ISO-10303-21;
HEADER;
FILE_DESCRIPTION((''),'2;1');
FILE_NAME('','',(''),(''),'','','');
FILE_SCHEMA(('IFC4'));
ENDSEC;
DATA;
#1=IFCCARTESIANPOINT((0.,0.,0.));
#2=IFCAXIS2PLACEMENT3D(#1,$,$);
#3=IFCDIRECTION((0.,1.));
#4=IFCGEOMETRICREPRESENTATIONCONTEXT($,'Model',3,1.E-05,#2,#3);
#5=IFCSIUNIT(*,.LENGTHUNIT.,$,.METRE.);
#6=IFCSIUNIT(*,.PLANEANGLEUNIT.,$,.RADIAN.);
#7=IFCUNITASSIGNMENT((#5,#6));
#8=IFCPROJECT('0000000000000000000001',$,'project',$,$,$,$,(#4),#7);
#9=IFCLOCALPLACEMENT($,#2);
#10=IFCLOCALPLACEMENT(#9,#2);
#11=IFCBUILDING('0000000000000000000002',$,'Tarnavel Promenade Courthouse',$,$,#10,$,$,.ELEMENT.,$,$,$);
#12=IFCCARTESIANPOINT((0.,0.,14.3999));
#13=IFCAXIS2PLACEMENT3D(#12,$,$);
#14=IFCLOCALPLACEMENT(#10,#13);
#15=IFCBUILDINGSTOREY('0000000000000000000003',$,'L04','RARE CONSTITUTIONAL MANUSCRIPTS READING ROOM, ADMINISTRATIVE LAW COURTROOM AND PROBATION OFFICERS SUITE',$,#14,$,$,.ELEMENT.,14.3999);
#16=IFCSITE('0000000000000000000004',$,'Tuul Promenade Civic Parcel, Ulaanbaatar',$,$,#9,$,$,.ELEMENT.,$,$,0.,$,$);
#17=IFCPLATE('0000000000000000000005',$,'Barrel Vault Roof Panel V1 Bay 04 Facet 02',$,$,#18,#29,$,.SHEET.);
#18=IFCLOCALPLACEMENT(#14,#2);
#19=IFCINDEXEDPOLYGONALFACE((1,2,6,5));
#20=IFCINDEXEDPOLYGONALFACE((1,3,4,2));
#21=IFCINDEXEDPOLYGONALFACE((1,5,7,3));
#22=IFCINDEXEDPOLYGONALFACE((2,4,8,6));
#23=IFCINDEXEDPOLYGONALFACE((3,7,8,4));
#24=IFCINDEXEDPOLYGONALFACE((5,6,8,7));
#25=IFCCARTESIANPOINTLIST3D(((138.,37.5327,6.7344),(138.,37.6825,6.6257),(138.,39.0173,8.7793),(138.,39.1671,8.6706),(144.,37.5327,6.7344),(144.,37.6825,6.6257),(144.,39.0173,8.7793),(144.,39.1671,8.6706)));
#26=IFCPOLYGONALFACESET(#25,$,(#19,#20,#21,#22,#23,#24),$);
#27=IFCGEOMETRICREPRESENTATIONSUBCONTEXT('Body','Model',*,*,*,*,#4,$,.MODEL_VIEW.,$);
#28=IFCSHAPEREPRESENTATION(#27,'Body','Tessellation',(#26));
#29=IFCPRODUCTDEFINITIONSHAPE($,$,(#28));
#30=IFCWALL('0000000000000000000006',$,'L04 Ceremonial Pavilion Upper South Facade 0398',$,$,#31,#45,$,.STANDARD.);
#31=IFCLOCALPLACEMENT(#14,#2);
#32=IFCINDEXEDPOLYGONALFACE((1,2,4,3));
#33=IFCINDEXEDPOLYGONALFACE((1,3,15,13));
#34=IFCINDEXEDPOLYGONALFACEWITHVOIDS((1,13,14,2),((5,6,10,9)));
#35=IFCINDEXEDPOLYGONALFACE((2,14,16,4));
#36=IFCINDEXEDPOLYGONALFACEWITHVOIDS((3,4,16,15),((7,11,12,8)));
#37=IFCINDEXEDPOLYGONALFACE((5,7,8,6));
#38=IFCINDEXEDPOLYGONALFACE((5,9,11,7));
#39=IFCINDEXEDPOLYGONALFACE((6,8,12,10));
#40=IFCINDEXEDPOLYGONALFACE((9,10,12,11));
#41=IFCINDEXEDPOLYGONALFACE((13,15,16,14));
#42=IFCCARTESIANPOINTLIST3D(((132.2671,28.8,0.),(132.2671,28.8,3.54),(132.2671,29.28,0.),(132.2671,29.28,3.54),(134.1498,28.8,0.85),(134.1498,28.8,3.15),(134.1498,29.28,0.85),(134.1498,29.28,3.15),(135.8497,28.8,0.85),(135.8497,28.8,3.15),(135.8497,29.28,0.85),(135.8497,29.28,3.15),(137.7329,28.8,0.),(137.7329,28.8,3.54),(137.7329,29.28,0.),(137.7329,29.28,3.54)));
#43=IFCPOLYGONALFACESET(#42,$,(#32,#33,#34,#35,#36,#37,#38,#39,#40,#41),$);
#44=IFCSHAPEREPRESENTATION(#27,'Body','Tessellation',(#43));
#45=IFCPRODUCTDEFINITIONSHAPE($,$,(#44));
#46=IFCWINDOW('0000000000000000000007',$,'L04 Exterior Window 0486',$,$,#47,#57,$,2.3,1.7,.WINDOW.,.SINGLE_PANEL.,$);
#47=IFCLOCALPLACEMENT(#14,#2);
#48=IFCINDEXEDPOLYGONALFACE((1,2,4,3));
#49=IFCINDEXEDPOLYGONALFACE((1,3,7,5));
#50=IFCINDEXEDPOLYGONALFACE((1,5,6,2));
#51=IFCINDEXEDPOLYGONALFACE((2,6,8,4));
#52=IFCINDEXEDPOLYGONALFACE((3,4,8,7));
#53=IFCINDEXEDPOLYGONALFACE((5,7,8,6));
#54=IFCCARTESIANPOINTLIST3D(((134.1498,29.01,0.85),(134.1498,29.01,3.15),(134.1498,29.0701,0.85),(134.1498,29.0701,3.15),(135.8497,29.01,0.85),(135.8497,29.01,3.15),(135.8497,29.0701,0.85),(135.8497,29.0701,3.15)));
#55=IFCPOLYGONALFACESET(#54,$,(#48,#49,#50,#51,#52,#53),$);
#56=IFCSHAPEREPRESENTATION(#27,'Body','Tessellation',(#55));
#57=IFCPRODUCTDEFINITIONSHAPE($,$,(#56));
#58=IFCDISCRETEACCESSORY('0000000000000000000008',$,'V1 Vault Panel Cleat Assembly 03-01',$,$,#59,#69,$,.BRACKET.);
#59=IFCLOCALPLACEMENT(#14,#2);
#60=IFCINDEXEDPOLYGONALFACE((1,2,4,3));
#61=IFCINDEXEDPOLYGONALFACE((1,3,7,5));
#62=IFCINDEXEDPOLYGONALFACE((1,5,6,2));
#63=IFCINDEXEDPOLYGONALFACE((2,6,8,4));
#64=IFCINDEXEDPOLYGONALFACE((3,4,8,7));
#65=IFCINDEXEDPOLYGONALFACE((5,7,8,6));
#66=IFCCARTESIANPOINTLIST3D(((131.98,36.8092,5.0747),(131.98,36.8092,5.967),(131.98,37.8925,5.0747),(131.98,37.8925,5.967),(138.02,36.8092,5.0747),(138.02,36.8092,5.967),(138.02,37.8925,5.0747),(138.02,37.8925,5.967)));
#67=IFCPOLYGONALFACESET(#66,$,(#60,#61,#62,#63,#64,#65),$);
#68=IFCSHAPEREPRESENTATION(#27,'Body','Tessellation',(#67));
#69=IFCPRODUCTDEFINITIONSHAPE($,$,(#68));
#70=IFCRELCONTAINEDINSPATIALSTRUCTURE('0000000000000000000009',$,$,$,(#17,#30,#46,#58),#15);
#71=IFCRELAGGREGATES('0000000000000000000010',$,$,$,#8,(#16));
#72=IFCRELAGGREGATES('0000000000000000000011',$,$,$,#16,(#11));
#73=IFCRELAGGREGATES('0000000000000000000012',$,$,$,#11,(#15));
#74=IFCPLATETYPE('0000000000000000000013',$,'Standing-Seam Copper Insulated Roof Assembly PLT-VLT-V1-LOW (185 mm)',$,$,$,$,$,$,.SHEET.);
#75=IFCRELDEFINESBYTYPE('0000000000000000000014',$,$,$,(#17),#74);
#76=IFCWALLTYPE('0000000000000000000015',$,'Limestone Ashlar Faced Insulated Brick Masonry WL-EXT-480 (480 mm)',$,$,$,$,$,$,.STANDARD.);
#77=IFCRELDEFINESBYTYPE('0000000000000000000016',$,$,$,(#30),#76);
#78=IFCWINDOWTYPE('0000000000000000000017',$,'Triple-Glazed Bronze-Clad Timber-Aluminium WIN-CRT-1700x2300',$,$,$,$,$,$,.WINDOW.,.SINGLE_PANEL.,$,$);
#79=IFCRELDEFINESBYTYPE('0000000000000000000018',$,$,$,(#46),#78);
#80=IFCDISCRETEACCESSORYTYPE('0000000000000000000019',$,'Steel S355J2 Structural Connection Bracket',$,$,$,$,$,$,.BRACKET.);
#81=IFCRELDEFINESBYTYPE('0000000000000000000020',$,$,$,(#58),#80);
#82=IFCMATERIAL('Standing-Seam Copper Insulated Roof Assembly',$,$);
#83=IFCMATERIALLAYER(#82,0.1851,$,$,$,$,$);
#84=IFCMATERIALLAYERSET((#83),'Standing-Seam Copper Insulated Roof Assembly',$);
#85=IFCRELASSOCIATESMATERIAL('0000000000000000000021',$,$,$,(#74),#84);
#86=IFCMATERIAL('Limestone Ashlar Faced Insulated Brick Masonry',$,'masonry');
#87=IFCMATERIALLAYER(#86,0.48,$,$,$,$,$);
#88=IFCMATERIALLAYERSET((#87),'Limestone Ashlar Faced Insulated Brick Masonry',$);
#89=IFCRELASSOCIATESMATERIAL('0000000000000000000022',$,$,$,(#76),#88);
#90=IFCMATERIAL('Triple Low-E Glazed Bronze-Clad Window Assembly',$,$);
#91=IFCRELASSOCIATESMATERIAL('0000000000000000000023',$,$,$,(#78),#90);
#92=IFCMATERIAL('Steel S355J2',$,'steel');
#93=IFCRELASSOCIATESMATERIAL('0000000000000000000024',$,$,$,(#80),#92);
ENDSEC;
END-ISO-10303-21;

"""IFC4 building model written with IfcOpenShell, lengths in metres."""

from ifc_helpers import new_model, si_unit, direction, frame, frame_2d, origin, origin_2d, place, context, subcontext, project, spatial, polyline, rectangle, outline, extrude, material, layer, layer_set, type_object, element, fill, save


model = new_model("IFC4")

# Units and contexts
model_context = context("Model", 3, precision=1e-05, world=origin(), true_north=direction((0.0, 1.0)))
body_context = subcontext(model_context, "Body", "Model", "MODEL_VIEW")
ifc_project = project(units=[si_unit("LENGTHUNIT", "METRE"), si_unit("PLANEANGLEUNIT", "RADIAN")], contexts=[model_context])

# Site, building, storey
site_placement = place(None, origin())
site = spatial("IfcSite", under=ifc_project, at=site_placement, Name="Tuul Promenade Civic Parcel, Ulaanbaatar", CompositionType="ELEMENT", RefElevation=0.0)
building_placement = place(site_placement, origin())
building = spatial("IfcBuilding", under=site, at=building_placement, Name="Tarnavel Promenade Courthouse", CompositionType="ELEMENT")
storey_placement = place(building_placement, frame((0.0, 0.0, 14.3999)))
storey = spatial("IfcBuildingStorey", under=building, at=storey_placement, Name="L04", Description="RARE CONSTITUTIONAL MANUSCRIPTS READING ROOM, ADMINISTRATIVE LAW COURTROOM AND PROBATION OFFICERS SUITE", CompositionType="ELEMENT", Elevation=14.3999)

# Shared definitions
ifc_material_1 = material(Name="Steel S355J2", Category="steel")

# Plate
ifc_material_2 = material(Name="Standing-Seam Copper Insulated Roof Assembly")
ifc_layer_1 = layer(ifc_material_2, 0.1851)
ifc_layer_set_1 = layer_set([ifc_layer_1], Name="Standing-Seam Copper Insulated Roof Assembly")
plate_type = type_object("IfcPlateType", Name="Standing-Seam Copper Insulated Roof Assembly PLT-VLT-V1-LOW (185 mm)", PredefinedType="SHEET", material=ifc_layer_set_1)
plate_1_placement = place(storey_placement, frame((138.0, 37.5327, 6.7344), z_axis=(0.0, -0.809225, 0.587499), x_axis=(1.0, 0.0, 0.0)))
element("IfcPlate", 1, at=plate_1_placement, inside=storey, type_object=plate_type, Name="Barrel Vault Roof Panel V1 Bay 04 Facet 02", PredefinedType="SHEET", context=body_context, shape_type="SweptSolid", body=[
    extrude(outline(polyline([(0.0, 0.0), (6.0, 0.0), (6.0, 2.527), (0.0, 2.527), (0.0, 0.0)])), origin(), (0.0, 0.0, -1.0), 0.1851),
])

# Wall, opening, window
ifc_material_3 = material(Name="Limestone Ashlar Faced Insulated Brick Masonry", Category="masonry")
ifc_layer_2 = layer(ifc_material_3, 0.48)
ifc_layer_set_2 = layer_set([ifc_layer_2], Name="Limestone Ashlar Faced Insulated Brick Masonry")
wall_type = type_object("IfcWallType", Name="Limestone Ashlar Faced Insulated Brick Masonry WL-EXT-480 (480 mm)", PredefinedType="STANDARD", material=ifc_layer_set_2)
wall_placement = place(storey_placement, frame((137.7329, 29.04, 0.0), z_axis=(0.0, 0.0, 1.0), x_axis=(-1.0, 0.0, 0.0)))
wall = element("IfcWall", 2, at=wall_placement, inside=storey, type_object=wall_type, Name="L04 Ceremonial Pavilion Upper South Facade 0398", PredefinedType="STANDARD", context=body_context, shape_type="SweptSolid", body=[
    extrude(rectangle(XDim=5.4658, YDim=0.48, at=frame_2d((2.7329, 0.0))), origin(), (0.0, 0.0, 1.0), 3.54),
])
opening_placement = place(wall_placement, frame((1.8831, 0.0, 0.8501)))
opening = element("IfcOpeningElement", 3, at=opening_placement, cuts=wall, PredefinedType="OPENING", context=body_context, shape_type="SweptSolid", body=[
    extrude(rectangle(XDim=1.7, YDim=2.3, at=frame_2d((0.8501, 1.1499))), frame((0.0, 0.25, 0.0), z_axis=(0.0, -1.0, 0.0), x_axis=(1.0, 0.0, 0.0)), (0.0, 0.0, 1.0), 0.5),
])
ifc_material_4 = material(Name="Triple Low-E Glazed Bronze-Clad Window Assembly")
window_type = type_object("IfcWindowType", Name="Triple-Glazed Bronze-Clad Timber-Aluminium WIN-CRT-1700x2300", PartitioningType="SINGLE_PANEL", PredefinedType="WINDOW", material=ifc_material_4)
window_placement = place(opening_placement, origin())
window = element("IfcWindow", 4, at=window_placement, inside=storey, type_object=window_type, Name="L04 Exterior Window 0486", OverallHeight=2.3, OverallWidth=1.7, PartitioningType="SINGLE_PANEL", PredefinedType="WINDOW", context=body_context, shape_type="SweptSolid", body=[
    extrude(rectangle(XDim=1.7, YDim=2.3, at=frame_2d((0.8501, 1.1499))), frame((0.0, 0.03, 0.0), z_axis=(0.0, -1.0, 0.0), x_axis=(1.0, 0.0, 0.0)), (0.0, 0.0, 1.0), 0.0601),
])
fill(opening, window)

# Discrete accessory
discrete_accessory_type = type_object("IfcDiscreteAccessoryType", Name="Steel S355J2 Structural Connection Bracket", PredefinedType="BRACKET", material=ifc_material_1)
discrete_accessory_placement = place(storey_placement, frame((135.0, 37.3508, 5.0747), z_axis=(0.0, 0.0, 1.0), x_axis=(1.0, 0.0, 0.0)))
element("IfcDiscreteAccessory", 5, at=discrete_accessory_placement, inside=storey, type_object=discrete_accessory_type, Name="V1 Vault Panel Cleat Assembly 03-01", PredefinedType="BRACKET", context=body_context, shape_type="SweptSolid", body=[
    extrude(rectangle(XDim=6.04, YDim=1.0833, at=origin_2d()), origin(), (0.0, 0.0, 1.0), 0.8923),
])

save(model, "model.ifc")
